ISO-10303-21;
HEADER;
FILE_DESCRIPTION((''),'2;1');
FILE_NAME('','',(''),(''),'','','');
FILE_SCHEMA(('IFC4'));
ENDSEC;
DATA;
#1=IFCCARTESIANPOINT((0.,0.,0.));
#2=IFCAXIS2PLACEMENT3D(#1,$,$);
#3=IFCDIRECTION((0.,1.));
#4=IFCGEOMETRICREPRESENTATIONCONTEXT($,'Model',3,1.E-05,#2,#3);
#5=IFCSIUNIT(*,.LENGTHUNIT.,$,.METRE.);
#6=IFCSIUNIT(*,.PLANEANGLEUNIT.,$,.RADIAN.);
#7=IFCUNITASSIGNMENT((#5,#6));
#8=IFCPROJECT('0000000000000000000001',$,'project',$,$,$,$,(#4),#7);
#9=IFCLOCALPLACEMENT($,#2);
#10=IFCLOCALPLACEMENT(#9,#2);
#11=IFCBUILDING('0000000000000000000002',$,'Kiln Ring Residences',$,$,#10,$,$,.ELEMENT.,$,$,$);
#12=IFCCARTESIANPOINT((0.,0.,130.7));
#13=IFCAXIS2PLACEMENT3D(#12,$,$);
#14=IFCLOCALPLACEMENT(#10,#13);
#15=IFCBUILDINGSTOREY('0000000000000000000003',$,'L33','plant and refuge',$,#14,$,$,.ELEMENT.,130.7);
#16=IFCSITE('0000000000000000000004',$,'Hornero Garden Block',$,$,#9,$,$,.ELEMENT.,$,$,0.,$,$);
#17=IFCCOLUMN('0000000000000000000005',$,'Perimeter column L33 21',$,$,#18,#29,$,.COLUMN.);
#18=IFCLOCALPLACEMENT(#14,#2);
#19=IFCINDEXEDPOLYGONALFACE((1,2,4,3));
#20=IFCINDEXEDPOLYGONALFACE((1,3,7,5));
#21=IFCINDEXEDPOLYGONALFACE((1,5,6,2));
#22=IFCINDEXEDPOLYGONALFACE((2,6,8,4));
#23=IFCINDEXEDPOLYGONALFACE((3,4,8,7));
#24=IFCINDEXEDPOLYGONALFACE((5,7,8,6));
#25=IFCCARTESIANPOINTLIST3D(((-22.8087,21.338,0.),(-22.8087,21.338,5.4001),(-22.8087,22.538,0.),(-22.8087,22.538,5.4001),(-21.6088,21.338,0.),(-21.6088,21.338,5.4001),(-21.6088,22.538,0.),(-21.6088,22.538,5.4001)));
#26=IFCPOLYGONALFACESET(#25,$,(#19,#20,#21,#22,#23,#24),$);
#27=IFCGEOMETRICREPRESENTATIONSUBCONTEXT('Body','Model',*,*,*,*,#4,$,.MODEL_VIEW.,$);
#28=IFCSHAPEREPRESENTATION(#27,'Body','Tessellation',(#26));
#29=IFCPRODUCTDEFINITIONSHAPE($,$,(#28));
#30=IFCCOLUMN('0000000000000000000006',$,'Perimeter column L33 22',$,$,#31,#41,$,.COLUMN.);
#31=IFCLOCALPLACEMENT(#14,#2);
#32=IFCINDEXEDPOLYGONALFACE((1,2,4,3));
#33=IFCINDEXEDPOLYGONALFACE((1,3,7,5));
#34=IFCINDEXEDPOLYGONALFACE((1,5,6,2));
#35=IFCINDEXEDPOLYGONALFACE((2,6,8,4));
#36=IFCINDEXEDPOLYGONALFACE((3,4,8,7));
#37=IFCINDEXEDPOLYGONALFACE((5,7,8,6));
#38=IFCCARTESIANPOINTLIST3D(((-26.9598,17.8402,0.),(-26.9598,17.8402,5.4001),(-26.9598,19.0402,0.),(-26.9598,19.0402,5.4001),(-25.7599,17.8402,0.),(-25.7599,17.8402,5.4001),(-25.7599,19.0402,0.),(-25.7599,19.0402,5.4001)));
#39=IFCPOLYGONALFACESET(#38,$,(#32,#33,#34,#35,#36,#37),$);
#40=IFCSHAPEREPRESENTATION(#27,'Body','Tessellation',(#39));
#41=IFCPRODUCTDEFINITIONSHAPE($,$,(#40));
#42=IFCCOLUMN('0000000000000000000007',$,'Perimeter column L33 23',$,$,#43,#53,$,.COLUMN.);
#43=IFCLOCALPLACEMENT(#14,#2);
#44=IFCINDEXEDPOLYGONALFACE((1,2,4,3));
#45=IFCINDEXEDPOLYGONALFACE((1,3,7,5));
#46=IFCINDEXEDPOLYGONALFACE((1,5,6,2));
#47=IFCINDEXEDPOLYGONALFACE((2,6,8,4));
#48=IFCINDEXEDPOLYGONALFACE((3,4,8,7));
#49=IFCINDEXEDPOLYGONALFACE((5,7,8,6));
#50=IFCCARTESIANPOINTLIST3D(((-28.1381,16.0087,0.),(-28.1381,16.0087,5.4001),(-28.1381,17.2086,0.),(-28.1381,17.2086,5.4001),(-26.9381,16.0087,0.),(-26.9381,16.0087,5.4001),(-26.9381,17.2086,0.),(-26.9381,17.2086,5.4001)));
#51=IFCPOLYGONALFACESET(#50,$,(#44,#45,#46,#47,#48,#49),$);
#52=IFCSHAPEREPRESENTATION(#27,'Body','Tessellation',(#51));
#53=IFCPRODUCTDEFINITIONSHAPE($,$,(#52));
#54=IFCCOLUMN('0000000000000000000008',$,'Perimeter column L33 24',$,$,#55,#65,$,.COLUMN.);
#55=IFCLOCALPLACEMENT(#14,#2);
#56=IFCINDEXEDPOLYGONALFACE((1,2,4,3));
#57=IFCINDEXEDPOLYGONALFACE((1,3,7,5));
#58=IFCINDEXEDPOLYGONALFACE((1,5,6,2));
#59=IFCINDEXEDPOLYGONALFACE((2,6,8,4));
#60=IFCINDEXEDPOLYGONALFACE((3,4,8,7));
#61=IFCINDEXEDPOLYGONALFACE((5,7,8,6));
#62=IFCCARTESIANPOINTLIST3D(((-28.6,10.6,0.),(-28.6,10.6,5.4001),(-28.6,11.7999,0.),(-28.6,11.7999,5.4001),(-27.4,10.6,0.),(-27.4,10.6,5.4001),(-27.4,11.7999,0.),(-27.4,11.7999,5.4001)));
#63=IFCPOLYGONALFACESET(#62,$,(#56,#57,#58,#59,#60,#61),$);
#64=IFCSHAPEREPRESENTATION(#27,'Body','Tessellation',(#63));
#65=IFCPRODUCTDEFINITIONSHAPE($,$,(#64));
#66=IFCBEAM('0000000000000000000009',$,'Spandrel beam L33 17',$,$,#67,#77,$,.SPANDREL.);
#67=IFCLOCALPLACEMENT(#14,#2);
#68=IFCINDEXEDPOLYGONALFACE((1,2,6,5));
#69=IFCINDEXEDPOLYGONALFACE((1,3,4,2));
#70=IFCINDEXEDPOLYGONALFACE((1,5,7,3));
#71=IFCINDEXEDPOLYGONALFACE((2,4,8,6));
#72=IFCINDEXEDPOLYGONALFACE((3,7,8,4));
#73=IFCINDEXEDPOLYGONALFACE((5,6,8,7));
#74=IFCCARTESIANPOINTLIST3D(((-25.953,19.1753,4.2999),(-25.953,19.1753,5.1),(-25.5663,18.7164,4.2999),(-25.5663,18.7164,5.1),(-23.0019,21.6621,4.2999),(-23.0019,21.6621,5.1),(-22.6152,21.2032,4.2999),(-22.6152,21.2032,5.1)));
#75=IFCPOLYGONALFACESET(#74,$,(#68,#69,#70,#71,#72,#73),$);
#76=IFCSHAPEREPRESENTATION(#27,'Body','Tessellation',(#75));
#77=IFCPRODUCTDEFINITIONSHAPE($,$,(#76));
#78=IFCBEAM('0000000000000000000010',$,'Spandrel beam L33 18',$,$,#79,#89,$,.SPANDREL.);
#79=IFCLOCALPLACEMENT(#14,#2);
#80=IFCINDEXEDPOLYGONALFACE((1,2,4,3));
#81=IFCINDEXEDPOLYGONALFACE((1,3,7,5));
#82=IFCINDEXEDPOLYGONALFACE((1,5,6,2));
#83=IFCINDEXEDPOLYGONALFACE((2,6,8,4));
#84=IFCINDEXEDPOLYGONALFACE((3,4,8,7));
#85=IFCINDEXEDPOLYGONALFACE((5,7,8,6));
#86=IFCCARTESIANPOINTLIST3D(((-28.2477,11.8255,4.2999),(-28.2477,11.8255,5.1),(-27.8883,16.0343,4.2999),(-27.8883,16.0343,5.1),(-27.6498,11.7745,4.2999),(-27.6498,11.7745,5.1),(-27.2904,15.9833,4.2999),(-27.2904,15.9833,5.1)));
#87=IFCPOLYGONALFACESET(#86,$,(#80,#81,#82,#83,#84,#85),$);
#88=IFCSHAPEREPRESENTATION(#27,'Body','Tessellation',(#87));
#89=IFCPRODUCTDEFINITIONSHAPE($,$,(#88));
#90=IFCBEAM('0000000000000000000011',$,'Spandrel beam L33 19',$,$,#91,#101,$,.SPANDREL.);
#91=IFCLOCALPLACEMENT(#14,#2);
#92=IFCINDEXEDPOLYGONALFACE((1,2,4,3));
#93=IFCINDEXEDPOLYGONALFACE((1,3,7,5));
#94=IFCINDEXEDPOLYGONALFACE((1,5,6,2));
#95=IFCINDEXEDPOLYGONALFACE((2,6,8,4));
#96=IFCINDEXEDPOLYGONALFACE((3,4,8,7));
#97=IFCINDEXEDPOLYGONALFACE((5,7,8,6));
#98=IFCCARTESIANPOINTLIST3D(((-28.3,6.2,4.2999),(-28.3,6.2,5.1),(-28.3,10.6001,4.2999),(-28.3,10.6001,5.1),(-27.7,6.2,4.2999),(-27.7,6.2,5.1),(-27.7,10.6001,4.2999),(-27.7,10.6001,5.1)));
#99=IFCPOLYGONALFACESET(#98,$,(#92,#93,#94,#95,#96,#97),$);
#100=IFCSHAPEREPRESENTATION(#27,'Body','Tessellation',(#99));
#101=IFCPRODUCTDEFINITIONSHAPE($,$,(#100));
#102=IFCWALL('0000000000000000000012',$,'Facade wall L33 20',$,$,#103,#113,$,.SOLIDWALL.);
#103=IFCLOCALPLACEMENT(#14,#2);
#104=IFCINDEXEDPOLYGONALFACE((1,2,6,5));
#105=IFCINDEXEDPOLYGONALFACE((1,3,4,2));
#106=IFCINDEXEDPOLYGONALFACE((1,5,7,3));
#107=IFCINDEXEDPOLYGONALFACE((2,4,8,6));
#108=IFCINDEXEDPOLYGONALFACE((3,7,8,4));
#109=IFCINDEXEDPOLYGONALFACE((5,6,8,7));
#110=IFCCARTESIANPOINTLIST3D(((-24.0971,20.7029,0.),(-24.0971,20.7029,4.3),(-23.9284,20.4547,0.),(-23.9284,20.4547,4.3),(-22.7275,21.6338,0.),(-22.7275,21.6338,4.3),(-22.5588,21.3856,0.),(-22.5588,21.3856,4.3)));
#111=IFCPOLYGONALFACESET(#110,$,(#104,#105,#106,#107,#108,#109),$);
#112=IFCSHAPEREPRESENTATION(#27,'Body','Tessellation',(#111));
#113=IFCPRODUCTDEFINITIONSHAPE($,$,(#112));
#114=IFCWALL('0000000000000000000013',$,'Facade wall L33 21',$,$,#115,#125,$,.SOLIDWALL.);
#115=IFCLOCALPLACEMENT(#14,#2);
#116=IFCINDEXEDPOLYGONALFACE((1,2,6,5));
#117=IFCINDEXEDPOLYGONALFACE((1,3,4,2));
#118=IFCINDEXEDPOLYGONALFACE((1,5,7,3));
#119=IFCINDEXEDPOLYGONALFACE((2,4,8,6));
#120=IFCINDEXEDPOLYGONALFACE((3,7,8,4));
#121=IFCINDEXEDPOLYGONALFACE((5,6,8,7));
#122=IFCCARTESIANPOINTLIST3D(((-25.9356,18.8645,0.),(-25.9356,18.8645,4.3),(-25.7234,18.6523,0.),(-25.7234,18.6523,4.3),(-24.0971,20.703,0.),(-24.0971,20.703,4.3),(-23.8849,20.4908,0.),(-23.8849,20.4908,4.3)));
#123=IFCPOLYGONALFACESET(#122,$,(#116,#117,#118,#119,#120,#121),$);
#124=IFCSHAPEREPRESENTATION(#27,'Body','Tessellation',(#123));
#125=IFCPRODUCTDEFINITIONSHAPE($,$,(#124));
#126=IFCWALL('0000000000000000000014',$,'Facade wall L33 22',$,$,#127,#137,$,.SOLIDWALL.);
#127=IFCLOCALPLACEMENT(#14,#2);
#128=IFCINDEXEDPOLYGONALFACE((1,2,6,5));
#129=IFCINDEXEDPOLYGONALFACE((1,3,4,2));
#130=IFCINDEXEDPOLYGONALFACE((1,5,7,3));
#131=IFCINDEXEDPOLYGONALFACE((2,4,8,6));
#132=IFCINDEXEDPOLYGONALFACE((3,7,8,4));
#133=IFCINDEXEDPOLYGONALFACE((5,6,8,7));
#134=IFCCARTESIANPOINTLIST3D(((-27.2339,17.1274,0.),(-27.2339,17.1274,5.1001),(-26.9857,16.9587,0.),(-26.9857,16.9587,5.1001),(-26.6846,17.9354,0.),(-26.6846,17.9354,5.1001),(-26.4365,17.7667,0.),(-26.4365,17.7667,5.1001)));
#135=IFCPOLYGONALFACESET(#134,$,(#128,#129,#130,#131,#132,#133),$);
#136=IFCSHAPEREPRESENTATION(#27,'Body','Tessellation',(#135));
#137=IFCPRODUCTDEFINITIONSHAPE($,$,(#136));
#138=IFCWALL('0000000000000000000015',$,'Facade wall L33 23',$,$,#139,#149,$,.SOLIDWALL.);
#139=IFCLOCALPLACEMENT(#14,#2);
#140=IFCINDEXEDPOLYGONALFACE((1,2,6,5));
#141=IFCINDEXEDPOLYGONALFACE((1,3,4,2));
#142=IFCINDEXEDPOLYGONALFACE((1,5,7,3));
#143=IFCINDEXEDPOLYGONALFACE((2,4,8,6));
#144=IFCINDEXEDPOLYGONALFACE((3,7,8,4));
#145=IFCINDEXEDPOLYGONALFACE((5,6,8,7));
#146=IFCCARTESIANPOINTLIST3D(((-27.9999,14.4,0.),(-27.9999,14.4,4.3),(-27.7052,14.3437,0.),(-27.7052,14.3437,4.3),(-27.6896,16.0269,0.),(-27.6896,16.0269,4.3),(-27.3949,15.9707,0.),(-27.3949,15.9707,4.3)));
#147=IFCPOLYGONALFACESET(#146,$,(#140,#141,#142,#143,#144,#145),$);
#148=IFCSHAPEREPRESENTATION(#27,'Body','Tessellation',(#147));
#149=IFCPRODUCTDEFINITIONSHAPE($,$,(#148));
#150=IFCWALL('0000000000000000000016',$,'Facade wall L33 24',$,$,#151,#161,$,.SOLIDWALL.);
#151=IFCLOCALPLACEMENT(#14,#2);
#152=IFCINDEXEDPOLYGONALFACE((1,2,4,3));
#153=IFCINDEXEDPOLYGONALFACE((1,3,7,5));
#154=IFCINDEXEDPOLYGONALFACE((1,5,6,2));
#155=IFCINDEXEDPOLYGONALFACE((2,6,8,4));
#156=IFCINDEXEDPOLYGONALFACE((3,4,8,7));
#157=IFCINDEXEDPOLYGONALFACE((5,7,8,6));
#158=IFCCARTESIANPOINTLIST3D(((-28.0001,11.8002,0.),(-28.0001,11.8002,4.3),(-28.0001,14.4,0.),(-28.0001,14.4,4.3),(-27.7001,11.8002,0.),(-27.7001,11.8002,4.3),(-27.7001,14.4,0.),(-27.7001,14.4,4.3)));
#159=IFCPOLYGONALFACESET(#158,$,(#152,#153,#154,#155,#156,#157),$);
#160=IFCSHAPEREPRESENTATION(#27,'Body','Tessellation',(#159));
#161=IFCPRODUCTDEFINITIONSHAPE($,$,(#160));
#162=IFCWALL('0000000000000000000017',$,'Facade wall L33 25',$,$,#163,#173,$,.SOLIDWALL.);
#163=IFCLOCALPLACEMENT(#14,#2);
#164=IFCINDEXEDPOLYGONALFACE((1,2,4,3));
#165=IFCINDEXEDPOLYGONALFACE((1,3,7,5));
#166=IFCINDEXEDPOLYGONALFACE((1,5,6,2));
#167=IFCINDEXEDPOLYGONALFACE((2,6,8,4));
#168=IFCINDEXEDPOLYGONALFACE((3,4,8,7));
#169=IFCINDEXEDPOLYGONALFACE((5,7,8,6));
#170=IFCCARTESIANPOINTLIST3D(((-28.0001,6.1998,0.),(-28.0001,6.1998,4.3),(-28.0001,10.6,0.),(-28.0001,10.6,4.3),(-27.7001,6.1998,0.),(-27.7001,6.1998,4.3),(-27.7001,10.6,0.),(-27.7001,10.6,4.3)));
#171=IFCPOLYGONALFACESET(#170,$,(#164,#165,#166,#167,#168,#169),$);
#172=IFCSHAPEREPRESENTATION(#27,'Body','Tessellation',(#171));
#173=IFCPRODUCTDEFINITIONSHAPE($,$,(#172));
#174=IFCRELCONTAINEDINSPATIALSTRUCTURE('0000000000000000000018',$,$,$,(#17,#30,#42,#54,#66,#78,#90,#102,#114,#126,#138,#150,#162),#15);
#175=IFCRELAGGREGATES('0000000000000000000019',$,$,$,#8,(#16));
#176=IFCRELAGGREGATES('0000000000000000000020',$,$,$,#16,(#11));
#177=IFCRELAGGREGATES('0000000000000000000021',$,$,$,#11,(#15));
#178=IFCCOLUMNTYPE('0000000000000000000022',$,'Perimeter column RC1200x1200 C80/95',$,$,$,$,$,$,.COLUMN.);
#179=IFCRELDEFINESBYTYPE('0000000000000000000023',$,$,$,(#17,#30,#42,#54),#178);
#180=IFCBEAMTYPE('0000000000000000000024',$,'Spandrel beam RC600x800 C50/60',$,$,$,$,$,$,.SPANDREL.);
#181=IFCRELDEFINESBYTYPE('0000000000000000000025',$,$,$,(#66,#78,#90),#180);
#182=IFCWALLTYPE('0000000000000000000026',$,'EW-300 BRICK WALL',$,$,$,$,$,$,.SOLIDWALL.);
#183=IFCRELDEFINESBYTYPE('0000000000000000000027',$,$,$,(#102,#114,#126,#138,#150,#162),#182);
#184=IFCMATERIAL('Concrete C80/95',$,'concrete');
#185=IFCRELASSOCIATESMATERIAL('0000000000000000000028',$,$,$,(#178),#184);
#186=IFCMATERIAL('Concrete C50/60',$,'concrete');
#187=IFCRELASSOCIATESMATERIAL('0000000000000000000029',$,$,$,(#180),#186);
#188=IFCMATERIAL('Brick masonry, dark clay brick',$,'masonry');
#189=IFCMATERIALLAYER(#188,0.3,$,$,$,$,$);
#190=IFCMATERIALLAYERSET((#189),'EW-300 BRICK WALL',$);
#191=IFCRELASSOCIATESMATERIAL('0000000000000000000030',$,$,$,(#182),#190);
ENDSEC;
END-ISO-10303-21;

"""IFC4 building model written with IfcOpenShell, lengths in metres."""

from ifc_helpers import new_model, si_unit, direction, frame, frame_2d, origin, origin_2d, place, context, subcontext, project, spatial, rectangle, extrude, material, layer, layer_set, material_profile, profile_set, type_object, element, save


model = new_model("IFC4")

# Units and contexts
model_context = context("Model", 3, precision=1e-05, world=origin(), true_north=direction((0.0, 1.0)))
body_context = subcontext(model_context, "Body", "Model", "MODEL_VIEW")
ifc_project = project(units=[si_unit("LENGTHUNIT", "METRE"), si_unit("PLANEANGLEUNIT", "RADIAN")], contexts=[model_context])

# Site, building, storey
site_placement = place(None, origin())
site = spatial("IfcSite", under=ifc_project, at=site_placement, Name="Hornero Garden Block", CompositionType="ELEMENT", RefElevation=0.0)
building_placement = place(site_placement, origin())
building = spatial("IfcBuilding", under=site, at=building_placement, Name="Kiln Ring Residences", CompositionType="ELEMENT")
storey_placement = place(building_placement, frame((0.0, 0.0, 130.7)))
storey = spatial("IfcBuildingStorey", under=building, at=storey_placement, Name="L33", Description="plant and refuge", CompositionType="ELEMENT", Elevation=130.7)

# Columns
ifc_material_1 = material(Name="Concrete C80/95", Category="concrete")
ifc_material_profile_1 = material_profile(ifc_material_1, rectangle(XDim=1.2, YDim=1.2, at=origin_2d()), Name="RC1200x1200")
ifc_profile_set_1 = profile_set([ifc_material_profile_1], Name="Concrete C80/95")
column_type = type_object("IfcColumnType", Name="Perimeter column RC1200x1200 C80/95", PredefinedType="COLUMN", material=ifc_profile_set_1)
for number, where, z_axis, x_axis, name in (
    (1, (-22.2087, 21.938, 0.0), (0.0, 0.0, 1.0), (1.0, 0.0, 0.0), "Perimeter column L33 21"),
    (2, (-26.3599, 18.4402, 0.0), (0.0, 0.0, 1.0), (1.0, 0.0, 0.0), "Perimeter column L33 22"),
    (3, (-27.5381, 16.6086, 0.0), (0.0, 0.0, 1.0), (1.0, 0.0, 0.0), "Perimeter column L33 23"),
    (4, (-28.0, 11.2, 0.0), (0.0, 0.0, 1.0), (1.0, 0.0, 0.0), "Perimeter column L33 24"),
):
    element("IfcColumn", number, at=place(storey_placement, frame(where, z_axis=z_axis, x_axis=x_axis)), inside=storey, type_object=column_type, Name=name, PredefinedType="COLUMN", context=body_context, shape_type="SweptSolid", body=[
        extrude(rectangle(XDim=1.2, YDim=1.2, at=origin_2d()), origin(), (0.0, 0.0, 1.0), 5.4001),
    ])

# Beams
ifc_material_2 = material(Name="Concrete C50/60", Category="concrete")
ifc_material_profile_2 = material_profile(ifc_material_2, rectangle(XDim=0.6001, YDim=0.8, at=origin_2d()), Name="RC600x800")
ifc_profile_set_2 = profile_set([ifc_material_profile_2], Name="Concrete C50/60")
beam_type = type_object("IfcBeamType", Name="Spandrel beam RC600x800 C50/60", PredefinedType="SPANDREL", material=ifc_profile_set_2)
beam_1_placement = place(storey_placement, frame((-22.8086, 21.4326, 4.7), z_axis=(-0.764704, -0.644381, 0.0), x_axis=(0.644381, -0.764704, 0.0)))
element("IfcBeam", 5, at=beam_1_placement, inside=storey, type_object=beam_type, Name="Spandrel beam L33 17", PredefinedType="SPANDREL", context=body_context, shape_type="SweptSolid", body=[
    extrude(rectangle(XDim=0.6001, YDim=0.8, at=origin_2d()), origin(), (0.0, 0.0, 1.0), 3.8591),
])
beam_2_placement = place(storey_placement, frame((-27.5894, 16.0088, 4.7), z_axis=(-0.085078, -0.996374, 0.0), x_axis=(0.996374, -0.085078, 0.0)))
element("IfcBeam", 6, at=beam_2_placement, inside=storey, type_object=beam_type, Name="Spandrel beam L33 18", PredefinedType="SPANDREL", context=body_context, shape_type="SweptSolid", body=[
    extrude(rectangle(XDim=0.6001, YDim=0.8, at=origin_2d()), origin(), (0.0, 0.0, 1.0), 4.2241),
])
beam_3_placement = place(storey_placement, frame((-28.0, 10.6001, 4.7), z_axis=(0.0, -1.0, 0.0), x_axis=(1.0, 0.0, 0.0)))
element("IfcBeam", 7, at=beam_3_placement, inside=storey, type_object=beam_type, Name="Spandrel beam L33 19", PredefinedType="SPANDREL", context=body_context, shape_type="SweptSolid", body=[
    extrude(rectangle(XDim=0.6001, YDim=0.8, at=origin_2d()), origin(), (0.0, 0.0, 1.0), 4.4001),
])

# Walls
ifc_material_3 = material(Name="Brick masonry, dark clay brick", Category="masonry")
ifc_layer_1 = layer(ifc_material_3, 0.3)
ifc_layer_set_1 = layer_set([ifc_layer_1], Name="EW-300 BRICK WALL")
wall_type_1 = type_object("IfcWallType", Name="EW-300 BRICK WALL", PredefinedType="SOLIDWALL", material=ifc_layer_set_1)
wall_1_placement = place(storey_placement, frame((-22.6431, 21.5098, 0.0), z_axis=(0.0, 0.0, 1.0), x_axis=(-0.82705, -0.562129, 0.0)))
element("IfcWall", 8, at=wall_1_placement, inside=storey, type_object=wall_type_1, Name="Facade wall L33 20", PredefinedType="SOLIDWALL", context=body_context, shape_type="SweptSolid", body=[
    extrude(rectangle(XDim=1.656, YDim=0.3, at=frame_2d((0.8281, 0.0))), origin(), (0.0, 0.0, 1.0), 4.3),
])
wall_2_placement = place(storey_placement, frame((-23.991, 20.5969, 0.0), z_axis=(0.0, 0.0, 1.0), x_axis=(-0.707107, -0.707107, 0.0)))
element("IfcWall", 9, at=wall_2_placement, inside=storey, type_object=wall_type_1, Name="Facade wall L33 21", PredefinedType="SOLIDWALL", context=body_context, shape_type="SweptSolid", body=[
    extrude(rectangle(XDim=2.6001, YDim=0.3, at=frame_2d((1.3, 0.0))), origin(), (0.0, 0.0, 1.0), 4.3),
])
wall_3_placement = place(storey_placement, frame((-26.5605, 17.8511, 0.0), z_axis=(0.0, 0.0, 1.0), x_axis=(-0.562173, -0.827019, 0.0)))
element("IfcWall", 10, at=wall_3_placement, inside=storey, type_object=wall_type_1, Name="Facade wall L33 22", PredefinedType="SOLIDWALL", context=body_context, shape_type="SweptSolid", body=[
    extrude(rectangle(XDim=0.9771, YDim=0.3, at=frame_2d((0.4885, 0.0))), origin(), (0.0, 0.0, 1.0), 5.1001),
])
wall_4_placement = place(storey_placement, frame((-27.5422, 15.9988, 0.0), z_axis=(0.0, 0.0, 1.0), x_axis=(-0.187349, -0.982293, 0.0)))
element("IfcWall", 11, at=wall_4_placement, inside=storey, type_object=wall_type_1, Name="Facade wall L33 23", PredefinedType="SOLIDWALL", context=body_context, shape_type="SweptSolid", body=[
    extrude(rectangle(XDim=1.6562, YDim=0.3, at=frame_2d((0.8281, 0.0))), origin(), (0.0, 0.0, 1.0), 4.3),
])
wall_5_placement = place(storey_placement, frame((-27.8501, 14.3999, 0.0), z_axis=(0.0, 0.0, 1.0), x_axis=(0.0, -1.0, 0.0)))
element("IfcWall", 12, at=wall_5_placement, inside=storey, type_object=wall_type_1, Name="Facade wall L33 24", PredefinedType="SOLIDWALL", context=body_context, shape_type="SweptSolid", body=[
    extrude(rectangle(XDim=2.5999, YDim=0.3, at=frame_2d((1.2998, 0.0))), origin(), (0.0, 0.0, 1.0), 4.3),
])
wall_6_placement = place(storey_placement, frame((-27.8501, 10.6001, 0.0), z_axis=(0.0, 0.0, 1.0), x_axis=(0.0, -1.0, 0.0)))
element("IfcWall", 13, at=wall_6_placement, inside=storey, type_object=wall_type_1, Name="Facade wall L33 25", PredefinedType="SOLIDWALL", context=body_context, shape_type="SweptSolid", body=[
    extrude(rectangle(XDim=4.4001, YDim=0.3, at=frame_2d((2.2002, 0.0))), origin(), (0.0, 0.0, 1.0), 4.3),
])

save(model, "model.ifc")
